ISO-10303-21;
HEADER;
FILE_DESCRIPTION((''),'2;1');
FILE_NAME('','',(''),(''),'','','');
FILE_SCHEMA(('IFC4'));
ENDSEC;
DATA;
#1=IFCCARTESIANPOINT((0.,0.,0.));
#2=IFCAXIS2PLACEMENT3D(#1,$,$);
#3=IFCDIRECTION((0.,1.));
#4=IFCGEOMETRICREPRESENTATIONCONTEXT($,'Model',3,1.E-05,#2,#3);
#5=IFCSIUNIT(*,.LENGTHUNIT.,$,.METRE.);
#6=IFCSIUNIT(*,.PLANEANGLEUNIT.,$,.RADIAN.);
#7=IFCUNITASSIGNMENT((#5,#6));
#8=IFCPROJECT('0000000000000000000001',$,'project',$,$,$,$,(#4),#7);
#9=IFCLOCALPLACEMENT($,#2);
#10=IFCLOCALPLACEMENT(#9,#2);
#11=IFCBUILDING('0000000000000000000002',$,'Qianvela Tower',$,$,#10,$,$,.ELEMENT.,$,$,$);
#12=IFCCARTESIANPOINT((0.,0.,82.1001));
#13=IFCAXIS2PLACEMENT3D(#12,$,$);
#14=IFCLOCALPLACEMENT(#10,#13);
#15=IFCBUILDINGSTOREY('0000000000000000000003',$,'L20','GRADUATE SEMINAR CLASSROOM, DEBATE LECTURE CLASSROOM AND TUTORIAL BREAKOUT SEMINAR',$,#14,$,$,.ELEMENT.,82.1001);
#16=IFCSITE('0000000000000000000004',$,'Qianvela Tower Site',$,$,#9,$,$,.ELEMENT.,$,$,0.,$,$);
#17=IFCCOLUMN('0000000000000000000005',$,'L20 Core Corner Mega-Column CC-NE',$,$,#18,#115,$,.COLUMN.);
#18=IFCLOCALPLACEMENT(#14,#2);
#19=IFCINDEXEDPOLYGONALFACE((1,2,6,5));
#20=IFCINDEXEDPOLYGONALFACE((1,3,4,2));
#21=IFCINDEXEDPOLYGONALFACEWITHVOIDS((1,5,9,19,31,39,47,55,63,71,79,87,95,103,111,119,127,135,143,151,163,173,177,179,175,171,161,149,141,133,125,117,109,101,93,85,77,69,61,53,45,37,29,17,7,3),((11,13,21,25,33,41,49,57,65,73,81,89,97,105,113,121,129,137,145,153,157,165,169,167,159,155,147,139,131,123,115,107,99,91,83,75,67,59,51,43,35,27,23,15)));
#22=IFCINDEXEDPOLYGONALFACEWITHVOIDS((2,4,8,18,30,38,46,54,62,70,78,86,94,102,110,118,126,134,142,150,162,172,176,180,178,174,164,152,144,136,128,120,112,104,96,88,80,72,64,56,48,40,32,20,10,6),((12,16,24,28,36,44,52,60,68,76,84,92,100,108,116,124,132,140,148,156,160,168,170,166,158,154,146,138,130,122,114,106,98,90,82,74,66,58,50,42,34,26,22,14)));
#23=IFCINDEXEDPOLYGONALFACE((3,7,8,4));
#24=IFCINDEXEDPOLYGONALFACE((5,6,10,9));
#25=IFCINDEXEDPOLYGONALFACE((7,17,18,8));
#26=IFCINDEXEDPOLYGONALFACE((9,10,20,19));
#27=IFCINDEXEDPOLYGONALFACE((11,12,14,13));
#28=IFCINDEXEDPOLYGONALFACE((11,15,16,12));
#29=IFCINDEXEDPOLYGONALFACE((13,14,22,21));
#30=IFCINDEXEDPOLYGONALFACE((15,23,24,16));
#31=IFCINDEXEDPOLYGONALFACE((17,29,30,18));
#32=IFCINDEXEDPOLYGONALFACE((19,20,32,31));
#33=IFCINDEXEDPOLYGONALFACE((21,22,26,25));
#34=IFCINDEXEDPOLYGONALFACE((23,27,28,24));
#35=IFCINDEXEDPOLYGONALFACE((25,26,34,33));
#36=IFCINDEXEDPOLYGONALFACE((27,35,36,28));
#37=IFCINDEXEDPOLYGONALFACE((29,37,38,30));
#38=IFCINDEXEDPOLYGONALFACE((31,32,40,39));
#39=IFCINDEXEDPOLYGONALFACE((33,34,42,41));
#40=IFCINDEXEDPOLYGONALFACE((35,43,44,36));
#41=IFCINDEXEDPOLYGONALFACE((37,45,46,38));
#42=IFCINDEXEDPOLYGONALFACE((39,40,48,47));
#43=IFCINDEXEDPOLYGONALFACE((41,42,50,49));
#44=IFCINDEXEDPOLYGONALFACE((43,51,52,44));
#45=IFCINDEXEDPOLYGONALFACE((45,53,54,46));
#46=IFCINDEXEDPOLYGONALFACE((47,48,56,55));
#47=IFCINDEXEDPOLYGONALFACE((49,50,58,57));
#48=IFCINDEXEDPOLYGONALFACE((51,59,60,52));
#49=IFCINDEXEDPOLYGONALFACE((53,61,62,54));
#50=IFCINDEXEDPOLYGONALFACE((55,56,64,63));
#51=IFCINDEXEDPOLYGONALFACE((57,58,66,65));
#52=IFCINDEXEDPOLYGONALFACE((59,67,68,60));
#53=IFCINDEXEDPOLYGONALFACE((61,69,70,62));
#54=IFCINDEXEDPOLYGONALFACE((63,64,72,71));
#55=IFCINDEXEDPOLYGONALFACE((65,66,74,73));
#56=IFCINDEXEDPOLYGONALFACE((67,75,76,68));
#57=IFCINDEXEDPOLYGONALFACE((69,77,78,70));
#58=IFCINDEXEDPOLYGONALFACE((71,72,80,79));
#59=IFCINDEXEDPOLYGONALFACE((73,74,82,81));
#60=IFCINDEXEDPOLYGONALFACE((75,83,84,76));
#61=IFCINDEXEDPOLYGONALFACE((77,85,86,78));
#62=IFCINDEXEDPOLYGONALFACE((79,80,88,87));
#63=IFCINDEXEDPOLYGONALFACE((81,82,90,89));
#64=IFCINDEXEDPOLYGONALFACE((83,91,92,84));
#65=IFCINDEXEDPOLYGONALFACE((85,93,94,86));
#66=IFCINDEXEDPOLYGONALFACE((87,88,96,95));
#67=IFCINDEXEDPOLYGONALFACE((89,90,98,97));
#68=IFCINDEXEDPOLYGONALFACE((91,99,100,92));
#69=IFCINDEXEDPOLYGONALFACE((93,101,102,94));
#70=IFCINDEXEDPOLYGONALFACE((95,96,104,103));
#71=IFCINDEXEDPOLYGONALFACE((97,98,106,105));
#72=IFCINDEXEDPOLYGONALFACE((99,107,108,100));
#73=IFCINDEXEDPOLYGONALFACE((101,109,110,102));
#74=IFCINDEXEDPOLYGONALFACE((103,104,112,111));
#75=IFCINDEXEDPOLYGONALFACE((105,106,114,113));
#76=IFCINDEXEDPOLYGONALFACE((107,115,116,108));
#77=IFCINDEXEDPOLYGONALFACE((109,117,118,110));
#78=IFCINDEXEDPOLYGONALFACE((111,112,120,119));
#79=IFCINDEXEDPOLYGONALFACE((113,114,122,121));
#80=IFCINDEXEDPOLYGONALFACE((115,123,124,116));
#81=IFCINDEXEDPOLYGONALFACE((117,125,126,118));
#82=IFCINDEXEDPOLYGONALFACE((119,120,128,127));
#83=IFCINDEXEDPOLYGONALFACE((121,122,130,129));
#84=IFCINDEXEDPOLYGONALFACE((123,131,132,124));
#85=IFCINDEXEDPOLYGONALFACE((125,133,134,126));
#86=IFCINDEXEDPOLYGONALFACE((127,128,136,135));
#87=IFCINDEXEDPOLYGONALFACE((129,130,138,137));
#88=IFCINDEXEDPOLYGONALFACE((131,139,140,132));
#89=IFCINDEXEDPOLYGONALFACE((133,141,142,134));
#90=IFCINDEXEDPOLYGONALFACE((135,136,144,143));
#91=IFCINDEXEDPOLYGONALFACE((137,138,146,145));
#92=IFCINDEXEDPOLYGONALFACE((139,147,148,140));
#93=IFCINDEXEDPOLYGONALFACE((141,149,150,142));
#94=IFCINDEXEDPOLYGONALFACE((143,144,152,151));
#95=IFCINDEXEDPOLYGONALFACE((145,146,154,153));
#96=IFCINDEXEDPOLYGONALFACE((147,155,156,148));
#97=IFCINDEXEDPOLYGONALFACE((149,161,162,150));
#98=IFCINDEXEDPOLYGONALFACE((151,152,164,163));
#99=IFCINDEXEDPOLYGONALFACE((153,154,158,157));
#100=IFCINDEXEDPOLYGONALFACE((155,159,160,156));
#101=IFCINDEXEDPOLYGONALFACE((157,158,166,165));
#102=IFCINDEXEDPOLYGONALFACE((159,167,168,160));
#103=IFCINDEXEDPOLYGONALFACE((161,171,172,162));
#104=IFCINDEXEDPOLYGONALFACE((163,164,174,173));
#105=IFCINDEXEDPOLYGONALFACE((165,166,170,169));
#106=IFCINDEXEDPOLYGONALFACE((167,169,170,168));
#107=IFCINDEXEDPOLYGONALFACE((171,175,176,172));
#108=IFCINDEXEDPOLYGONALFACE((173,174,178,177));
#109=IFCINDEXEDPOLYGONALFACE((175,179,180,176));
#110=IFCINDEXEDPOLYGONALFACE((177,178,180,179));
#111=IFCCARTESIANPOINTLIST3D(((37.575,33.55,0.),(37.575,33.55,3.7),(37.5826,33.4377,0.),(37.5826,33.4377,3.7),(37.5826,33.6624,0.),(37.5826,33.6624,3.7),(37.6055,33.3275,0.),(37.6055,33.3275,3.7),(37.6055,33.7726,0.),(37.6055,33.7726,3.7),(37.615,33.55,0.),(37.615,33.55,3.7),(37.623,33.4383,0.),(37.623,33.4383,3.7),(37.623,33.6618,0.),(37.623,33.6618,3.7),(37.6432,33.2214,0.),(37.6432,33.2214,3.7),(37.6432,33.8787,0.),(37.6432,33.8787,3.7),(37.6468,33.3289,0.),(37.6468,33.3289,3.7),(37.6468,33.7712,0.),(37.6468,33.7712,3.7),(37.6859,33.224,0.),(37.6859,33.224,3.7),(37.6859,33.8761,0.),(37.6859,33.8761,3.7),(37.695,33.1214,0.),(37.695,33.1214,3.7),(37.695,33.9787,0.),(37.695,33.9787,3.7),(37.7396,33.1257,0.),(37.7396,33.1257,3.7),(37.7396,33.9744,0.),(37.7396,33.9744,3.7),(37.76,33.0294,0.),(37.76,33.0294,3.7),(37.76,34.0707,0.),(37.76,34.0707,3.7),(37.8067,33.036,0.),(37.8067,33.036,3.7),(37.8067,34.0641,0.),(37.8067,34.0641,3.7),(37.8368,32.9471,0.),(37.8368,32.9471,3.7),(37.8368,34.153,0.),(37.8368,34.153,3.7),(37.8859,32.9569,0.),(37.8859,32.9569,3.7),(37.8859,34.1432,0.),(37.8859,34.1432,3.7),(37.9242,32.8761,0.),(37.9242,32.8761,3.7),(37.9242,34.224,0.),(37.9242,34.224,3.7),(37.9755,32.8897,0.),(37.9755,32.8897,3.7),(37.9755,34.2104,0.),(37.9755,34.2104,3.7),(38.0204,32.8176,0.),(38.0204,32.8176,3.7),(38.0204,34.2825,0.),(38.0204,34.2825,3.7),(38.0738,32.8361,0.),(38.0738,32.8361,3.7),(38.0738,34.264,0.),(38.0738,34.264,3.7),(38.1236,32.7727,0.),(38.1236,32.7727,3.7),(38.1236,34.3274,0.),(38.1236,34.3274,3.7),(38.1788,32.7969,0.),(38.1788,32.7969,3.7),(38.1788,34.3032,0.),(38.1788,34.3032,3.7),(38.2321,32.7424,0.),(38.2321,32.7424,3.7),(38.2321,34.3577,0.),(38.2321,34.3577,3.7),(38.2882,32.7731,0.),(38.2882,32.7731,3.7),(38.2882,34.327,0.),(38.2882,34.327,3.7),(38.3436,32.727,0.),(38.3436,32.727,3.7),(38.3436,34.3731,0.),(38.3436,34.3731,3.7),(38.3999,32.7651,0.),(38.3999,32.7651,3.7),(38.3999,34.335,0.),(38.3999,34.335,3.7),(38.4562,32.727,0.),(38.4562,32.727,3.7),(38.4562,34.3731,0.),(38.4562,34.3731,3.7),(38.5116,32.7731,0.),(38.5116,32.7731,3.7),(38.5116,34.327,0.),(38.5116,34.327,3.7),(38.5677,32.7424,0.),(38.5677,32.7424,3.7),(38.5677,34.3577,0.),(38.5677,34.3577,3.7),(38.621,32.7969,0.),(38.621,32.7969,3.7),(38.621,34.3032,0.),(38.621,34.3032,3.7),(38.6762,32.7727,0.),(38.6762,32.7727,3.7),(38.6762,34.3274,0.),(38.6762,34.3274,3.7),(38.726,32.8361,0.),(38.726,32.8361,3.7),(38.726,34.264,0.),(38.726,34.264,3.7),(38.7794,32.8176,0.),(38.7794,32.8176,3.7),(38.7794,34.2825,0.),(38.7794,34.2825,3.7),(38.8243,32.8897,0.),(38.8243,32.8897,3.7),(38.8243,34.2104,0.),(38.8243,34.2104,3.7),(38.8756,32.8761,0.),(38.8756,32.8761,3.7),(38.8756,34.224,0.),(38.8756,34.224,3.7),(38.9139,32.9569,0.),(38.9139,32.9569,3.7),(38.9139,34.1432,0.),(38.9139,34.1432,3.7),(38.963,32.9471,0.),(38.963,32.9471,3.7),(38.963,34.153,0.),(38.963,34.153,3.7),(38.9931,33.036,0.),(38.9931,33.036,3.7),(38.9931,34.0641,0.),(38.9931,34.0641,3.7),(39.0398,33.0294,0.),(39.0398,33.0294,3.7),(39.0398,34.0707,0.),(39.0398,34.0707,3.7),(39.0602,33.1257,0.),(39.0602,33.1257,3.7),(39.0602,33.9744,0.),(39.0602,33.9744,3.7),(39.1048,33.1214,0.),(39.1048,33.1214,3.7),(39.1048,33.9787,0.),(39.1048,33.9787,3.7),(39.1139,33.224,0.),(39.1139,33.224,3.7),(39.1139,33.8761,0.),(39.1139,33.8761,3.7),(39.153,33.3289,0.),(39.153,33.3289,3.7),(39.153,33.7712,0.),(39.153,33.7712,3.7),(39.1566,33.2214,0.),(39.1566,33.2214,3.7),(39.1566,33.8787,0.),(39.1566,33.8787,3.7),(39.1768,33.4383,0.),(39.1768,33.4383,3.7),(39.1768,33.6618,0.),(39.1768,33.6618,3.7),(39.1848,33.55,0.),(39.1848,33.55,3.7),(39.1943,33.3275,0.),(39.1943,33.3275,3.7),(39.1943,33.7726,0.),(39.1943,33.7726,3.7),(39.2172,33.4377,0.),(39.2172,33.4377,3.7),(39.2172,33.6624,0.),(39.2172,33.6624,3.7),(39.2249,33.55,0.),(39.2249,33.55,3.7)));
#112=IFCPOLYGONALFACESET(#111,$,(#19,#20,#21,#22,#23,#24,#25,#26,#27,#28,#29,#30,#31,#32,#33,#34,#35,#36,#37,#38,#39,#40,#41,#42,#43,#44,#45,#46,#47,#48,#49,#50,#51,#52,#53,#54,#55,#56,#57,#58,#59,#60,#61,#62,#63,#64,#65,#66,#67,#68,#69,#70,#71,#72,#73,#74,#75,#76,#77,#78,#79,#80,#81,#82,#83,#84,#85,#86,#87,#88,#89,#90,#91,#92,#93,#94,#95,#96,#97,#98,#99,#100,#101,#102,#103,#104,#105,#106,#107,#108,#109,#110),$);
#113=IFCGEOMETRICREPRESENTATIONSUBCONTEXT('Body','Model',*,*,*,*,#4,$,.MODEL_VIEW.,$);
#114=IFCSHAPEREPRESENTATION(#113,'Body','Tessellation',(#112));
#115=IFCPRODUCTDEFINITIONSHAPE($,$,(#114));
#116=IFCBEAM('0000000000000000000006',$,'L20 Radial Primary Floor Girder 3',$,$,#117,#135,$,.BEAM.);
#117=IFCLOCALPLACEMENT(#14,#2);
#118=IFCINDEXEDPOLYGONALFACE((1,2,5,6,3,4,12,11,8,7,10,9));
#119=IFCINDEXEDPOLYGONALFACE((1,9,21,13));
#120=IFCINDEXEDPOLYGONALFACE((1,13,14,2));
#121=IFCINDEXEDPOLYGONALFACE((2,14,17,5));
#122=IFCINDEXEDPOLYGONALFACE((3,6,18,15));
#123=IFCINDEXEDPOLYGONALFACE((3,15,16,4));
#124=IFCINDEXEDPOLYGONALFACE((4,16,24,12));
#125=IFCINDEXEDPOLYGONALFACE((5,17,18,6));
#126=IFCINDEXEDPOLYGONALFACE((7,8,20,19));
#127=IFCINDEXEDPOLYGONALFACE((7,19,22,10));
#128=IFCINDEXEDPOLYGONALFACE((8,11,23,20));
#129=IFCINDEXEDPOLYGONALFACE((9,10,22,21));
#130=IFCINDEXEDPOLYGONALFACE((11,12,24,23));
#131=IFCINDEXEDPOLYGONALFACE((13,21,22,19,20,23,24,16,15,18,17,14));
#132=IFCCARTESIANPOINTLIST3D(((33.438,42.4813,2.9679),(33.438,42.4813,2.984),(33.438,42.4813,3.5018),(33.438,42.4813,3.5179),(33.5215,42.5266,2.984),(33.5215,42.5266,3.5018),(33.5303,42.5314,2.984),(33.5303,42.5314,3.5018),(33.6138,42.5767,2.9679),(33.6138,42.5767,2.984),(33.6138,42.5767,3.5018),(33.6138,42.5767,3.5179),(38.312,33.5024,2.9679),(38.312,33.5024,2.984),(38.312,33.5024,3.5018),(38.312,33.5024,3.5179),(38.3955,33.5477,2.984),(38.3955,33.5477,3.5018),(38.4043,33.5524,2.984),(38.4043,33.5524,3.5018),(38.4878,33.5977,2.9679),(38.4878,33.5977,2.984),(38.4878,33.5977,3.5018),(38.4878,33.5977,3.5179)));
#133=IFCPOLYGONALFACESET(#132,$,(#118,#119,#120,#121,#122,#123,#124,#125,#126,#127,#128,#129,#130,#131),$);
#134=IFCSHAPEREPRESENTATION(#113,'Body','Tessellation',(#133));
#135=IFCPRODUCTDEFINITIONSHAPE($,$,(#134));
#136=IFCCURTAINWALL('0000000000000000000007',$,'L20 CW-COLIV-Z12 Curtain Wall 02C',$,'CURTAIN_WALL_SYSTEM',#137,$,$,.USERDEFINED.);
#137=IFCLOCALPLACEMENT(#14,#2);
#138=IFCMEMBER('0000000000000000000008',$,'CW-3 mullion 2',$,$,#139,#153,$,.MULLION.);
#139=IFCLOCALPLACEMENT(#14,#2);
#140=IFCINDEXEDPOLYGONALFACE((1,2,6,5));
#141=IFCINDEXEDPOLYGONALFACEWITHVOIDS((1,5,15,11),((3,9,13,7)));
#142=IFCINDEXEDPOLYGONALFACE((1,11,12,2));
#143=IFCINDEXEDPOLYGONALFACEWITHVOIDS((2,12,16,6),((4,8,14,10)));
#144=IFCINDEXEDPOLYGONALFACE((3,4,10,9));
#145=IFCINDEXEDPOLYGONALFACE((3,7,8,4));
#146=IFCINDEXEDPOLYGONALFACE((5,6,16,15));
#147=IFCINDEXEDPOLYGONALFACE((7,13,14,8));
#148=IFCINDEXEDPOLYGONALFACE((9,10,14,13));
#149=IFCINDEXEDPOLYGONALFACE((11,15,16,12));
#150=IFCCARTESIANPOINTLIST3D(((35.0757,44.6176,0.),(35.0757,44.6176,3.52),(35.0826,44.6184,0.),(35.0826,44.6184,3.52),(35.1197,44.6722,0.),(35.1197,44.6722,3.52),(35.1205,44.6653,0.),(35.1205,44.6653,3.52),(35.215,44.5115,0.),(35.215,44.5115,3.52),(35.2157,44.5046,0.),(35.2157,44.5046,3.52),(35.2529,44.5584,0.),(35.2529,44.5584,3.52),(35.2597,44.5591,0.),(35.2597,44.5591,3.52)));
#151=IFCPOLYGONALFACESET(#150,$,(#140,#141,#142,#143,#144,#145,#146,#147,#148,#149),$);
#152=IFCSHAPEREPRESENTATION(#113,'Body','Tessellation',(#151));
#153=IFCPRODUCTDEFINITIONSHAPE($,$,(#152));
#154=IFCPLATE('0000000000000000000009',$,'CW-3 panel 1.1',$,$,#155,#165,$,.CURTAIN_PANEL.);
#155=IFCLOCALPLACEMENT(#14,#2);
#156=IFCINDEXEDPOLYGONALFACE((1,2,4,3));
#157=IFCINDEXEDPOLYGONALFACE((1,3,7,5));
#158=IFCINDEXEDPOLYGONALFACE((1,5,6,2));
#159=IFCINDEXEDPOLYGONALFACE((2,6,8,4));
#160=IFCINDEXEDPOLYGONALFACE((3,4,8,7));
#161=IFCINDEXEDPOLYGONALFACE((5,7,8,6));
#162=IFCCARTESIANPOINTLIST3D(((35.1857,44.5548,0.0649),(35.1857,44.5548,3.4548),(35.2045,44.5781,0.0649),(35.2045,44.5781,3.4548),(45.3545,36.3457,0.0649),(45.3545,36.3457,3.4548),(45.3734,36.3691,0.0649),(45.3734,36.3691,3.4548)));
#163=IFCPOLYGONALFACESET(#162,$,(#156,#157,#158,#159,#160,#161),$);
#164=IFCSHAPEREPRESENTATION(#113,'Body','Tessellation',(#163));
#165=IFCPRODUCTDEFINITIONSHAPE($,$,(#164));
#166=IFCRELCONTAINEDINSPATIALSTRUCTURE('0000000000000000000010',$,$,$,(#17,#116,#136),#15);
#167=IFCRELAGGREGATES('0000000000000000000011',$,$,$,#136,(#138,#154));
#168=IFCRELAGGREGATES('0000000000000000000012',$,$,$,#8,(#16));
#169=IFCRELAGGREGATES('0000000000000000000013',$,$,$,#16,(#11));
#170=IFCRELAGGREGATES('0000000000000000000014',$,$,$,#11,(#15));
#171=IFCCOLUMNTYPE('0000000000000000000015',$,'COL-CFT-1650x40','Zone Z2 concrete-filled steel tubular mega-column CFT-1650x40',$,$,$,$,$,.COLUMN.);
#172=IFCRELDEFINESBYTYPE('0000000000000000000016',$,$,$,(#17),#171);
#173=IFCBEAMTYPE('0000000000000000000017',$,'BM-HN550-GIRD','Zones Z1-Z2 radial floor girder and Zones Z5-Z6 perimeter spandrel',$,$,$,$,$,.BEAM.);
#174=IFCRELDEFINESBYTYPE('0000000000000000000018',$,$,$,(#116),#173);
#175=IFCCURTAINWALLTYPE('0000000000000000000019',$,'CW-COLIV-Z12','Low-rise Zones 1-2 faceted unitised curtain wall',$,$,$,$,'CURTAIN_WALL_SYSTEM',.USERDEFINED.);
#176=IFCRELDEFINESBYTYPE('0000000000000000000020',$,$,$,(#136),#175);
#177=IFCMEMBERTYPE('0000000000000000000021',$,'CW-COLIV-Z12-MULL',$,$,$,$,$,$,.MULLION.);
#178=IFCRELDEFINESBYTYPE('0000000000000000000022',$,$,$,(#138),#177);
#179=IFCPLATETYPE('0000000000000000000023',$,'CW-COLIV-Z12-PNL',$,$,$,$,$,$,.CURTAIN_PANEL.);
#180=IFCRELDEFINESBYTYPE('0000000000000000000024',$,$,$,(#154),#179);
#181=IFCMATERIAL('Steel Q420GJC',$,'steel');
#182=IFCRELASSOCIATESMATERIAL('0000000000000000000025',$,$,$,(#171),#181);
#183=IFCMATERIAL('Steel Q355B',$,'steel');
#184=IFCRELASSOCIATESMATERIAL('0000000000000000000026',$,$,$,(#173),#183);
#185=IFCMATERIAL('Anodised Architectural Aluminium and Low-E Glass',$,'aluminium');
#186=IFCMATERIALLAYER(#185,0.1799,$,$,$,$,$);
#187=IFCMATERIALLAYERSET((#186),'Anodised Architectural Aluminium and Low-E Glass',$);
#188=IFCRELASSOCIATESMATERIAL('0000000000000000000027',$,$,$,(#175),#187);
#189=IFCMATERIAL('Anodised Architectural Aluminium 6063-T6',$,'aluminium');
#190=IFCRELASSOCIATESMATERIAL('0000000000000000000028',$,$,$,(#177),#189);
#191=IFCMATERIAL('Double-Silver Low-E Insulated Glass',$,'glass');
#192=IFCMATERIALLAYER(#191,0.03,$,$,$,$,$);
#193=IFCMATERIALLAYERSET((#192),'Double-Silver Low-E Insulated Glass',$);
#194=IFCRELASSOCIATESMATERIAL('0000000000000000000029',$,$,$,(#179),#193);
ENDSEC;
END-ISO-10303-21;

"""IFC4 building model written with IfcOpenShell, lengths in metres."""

from ifc_helpers import new_model, si_unit, direction, frame, origin, origin_2d, place, context, subcontext, project, spatial, rectangle, hollow_rectangle, hollow_circle, i_section, extrude, material, layer, layer_set, material_profile, profile_set, type_object, element, aggregate, save


model = new_model("IFC4")

# Units and contexts
model_context = context("Model", 3, precision=1e-05, world=origin(), true_north=direction((0.0, 1.0)))
body_context = subcontext(model_context, "Body", "Model", "MODEL_VIEW")
ifc_project = project(units=[si_unit("LENGTHUNIT", "METRE"), si_unit("PLANEANGLEUNIT", "RADIAN")], contexts=[model_context])

# Site, building, storey
site_placement = place(None, origin())
site = spatial("IfcSite", under=ifc_project, at=site_placement, Name="Qianvela Tower Site", CompositionType="ELEMENT", RefElevation=0.0)
building_placement = place(site_placement, origin())
building = spatial("IfcBuilding", under=site, at=building_placement, Name="Qianvela Tower", CompositionType="ELEMENT")
storey_placement = place(building_placement, frame((0.0, 0.0, 82.1001)))
storey = spatial("IfcBuildingStorey", under=building, at=storey_placement, Name="L20", Description="GRADUATE SEMINAR CLASSROOM, DEBATE LECTURE CLASSROOM AND TUTORIAL BREAKOUT SEMINAR", CompositionType="ELEMENT", Elevation=82.1001)

# Column
ifc_material_1 = material(Name="Steel Q420GJC", Category="steel")
ifc_material_profile_1 = material_profile(ifc_material_1, hollow_circle(Radius=0.825, WallThickness=0.04, at=origin_2d()), Name="CFT-1650x40")
ifc_profile_set_1 = profile_set([ifc_material_profile_1], Name="Steel Q420GJC")
column_type = type_object("IfcColumnType", Name="COL-CFT-1650x40", Description="Zone Z2 concrete-filled steel tubular mega-column CFT-1650x40", PredefinedType="COLUMN", material=ifc_profile_set_1)
column_placement = place(storey_placement, frame((38.3999, 33.55, 0.0), z_axis=(0.0, 0.0, 1.0), x_axis=(1.0, 0.0, 0.0)))
element("IfcColumn", 1, at=column_placement, inside=storey, type_object=column_type, Name="L20 Core Corner Mega-Column CC-NE", PredefinedType="COLUMN", context=body_context, shape_type="SweptSolid", body=[
    extrude(hollow_circle(Radius=0.825, WallThickness=0.04, at=origin_2d()), origin(), (0.0, 0.0, 1.0), 3.7),
])

# Beam
ifc_material_2 = material(Name="Steel Q355B", Category="steel")
ifc_material_profile_2 = material_profile(ifc_material_2, i_section(OverallWidth=0.2, OverallDepth=0.55, WebThickness=0.01, FlangeThickness=0.0161, at=origin_2d()), Name="HN550x200x10x16")
ifc_profile_set_2 = profile_set([ifc_material_profile_2], Name="Steel Q355B")
beam_type = type_object("IfcBeamType", Name="BM-HN550-GIRD", Description="Zones Z1-Z2 radial floor girder and Zones Z5-Z6 perimeter spandrel", PredefinedType="BEAM", material=ifc_profile_set_2)
beam_placement = place(storey_placement, frame((38.3999, 33.55, 3.2429), z_axis=(-0.47707, 0.878865, 0.0), x_axis=(-0.878865, -0.47707, 0.0)))
element("IfcBeam", 2, at=beam_placement, inside=storey, type_object=beam_type, Name="L20 Radial Primary Floor Girder 3", PredefinedType="BEAM", context=body_context, shape_type="SweptSolid", body=[
    extrude(i_section(OverallWidth=0.2, OverallDepth=0.55, WebThickness=0.01, FlangeThickness=0.0161, at=origin_2d()), origin(), (0.0, 0.0, 1.0), 10.2166),
])

# Curtain wall, member, plate
ifc_material_3 = material(Name="Anodised Architectural Aluminium and Low-E Glass", Category="aluminium")
ifc_layer_1 = layer(ifc_material_3, 0.1799)
ifc_layer_set_1 = layer_set([ifc_layer_1], Name="Anodised Architectural Aluminium and Low-E Glass")
curtain_wall_type = type_object("IfcCurtainWallType", Name="CW-COLIV-Z12", Description="Low-rise Zones 1-2 faceted unitised curtain wall", ElementType="CURTAIN_WALL_SYSTEM", PredefinedType="USERDEFINED", material=ifc_layer_set_1)
curtain_wall_placement = place(storey_placement, origin())
curtain_wall = element("IfcCurtainWall", 3, at=curtain_wall_placement, inside=storey, type_object=curtain_wall_type, Name="L20 CW-COLIV-Z12 Curtain Wall 02C", ObjectType="CURTAIN_WALL_SYSTEM", PredefinedType="USERDEFINED")
ifc_material_4 = material(Name="Anodised Architectural Aluminium 6063-T6", Category="aluminium")
ifc_material_profile_3 = material_profile(ifc_material_4, hollow_rectangle(XDim=0.0701, YDim=0.1799, WallThickness=0.0049, at=origin_2d()), Name="ALU-MULL-70x180")
ifc_profile_set_3 = profile_set([ifc_material_profile_3], Name="Anodised Architectural Aluminium 6063-T6")
member_type = type_object("IfcMemberType", Name="CW-COLIV-Z12-MULL", PredefinedType="MULLION", material=ifc_profile_set_3)
member_placement = place(storey_placement, frame((35.1677, 44.5884, 0.0), z_axis=(0.0, 0.0, 1.0), x_axis=(-0.62814, -0.7781, 0.0)))
member = element("IfcMember", 4, at=member_placement, type_object=member_type, Name="CW-3 mullion 2", PredefinedType="MULLION", context=body_context, shape_type="SweptSolid", body=[
    extrude(hollow_rectangle(XDim=0.0701, YDim=0.1799, WallThickness=0.0049, at=origin_2d()), origin(), (0.0, 0.0, 1.0), 3.52),
])
ifc_material_5 = material(Name="Double-Silver Low-E Insulated Glass", Category="glass")
ifc_layer_2 = layer(ifc_material_5, 0.03)
ifc_layer_set_2 = layer_set([ifc_layer_2], Name="Double-Silver Low-E Insulated Glass")
plate_type = type_object("IfcPlateType", Name="CW-COLIV-Z12-PNL", PredefinedType="CURTAIN_PANEL", material=ifc_layer_set_2)
plate_placement = place(storey_placement, frame((40.2795, 40.4619, 0.0649), z_axis=(0.0, 0.0, 1.0), x_axis=(-0.7781, 0.62814, 0.0)))
plate = element("IfcPlate", 5, at=plate_placement, type_object=plate_type, Name="CW-3 panel 1.1", PredefinedType="CURTAIN_PANEL", context=body_context, shape_type="SweptSolid", body=[
    extrude(rectangle(XDim=13.0688, YDim=0.03, at=origin_2d()), origin(), (0.0, 0.0, 1.0), 3.3899),
])
aggregate(curtain_wall, [member, plate])

save(model, "model.ifc")
